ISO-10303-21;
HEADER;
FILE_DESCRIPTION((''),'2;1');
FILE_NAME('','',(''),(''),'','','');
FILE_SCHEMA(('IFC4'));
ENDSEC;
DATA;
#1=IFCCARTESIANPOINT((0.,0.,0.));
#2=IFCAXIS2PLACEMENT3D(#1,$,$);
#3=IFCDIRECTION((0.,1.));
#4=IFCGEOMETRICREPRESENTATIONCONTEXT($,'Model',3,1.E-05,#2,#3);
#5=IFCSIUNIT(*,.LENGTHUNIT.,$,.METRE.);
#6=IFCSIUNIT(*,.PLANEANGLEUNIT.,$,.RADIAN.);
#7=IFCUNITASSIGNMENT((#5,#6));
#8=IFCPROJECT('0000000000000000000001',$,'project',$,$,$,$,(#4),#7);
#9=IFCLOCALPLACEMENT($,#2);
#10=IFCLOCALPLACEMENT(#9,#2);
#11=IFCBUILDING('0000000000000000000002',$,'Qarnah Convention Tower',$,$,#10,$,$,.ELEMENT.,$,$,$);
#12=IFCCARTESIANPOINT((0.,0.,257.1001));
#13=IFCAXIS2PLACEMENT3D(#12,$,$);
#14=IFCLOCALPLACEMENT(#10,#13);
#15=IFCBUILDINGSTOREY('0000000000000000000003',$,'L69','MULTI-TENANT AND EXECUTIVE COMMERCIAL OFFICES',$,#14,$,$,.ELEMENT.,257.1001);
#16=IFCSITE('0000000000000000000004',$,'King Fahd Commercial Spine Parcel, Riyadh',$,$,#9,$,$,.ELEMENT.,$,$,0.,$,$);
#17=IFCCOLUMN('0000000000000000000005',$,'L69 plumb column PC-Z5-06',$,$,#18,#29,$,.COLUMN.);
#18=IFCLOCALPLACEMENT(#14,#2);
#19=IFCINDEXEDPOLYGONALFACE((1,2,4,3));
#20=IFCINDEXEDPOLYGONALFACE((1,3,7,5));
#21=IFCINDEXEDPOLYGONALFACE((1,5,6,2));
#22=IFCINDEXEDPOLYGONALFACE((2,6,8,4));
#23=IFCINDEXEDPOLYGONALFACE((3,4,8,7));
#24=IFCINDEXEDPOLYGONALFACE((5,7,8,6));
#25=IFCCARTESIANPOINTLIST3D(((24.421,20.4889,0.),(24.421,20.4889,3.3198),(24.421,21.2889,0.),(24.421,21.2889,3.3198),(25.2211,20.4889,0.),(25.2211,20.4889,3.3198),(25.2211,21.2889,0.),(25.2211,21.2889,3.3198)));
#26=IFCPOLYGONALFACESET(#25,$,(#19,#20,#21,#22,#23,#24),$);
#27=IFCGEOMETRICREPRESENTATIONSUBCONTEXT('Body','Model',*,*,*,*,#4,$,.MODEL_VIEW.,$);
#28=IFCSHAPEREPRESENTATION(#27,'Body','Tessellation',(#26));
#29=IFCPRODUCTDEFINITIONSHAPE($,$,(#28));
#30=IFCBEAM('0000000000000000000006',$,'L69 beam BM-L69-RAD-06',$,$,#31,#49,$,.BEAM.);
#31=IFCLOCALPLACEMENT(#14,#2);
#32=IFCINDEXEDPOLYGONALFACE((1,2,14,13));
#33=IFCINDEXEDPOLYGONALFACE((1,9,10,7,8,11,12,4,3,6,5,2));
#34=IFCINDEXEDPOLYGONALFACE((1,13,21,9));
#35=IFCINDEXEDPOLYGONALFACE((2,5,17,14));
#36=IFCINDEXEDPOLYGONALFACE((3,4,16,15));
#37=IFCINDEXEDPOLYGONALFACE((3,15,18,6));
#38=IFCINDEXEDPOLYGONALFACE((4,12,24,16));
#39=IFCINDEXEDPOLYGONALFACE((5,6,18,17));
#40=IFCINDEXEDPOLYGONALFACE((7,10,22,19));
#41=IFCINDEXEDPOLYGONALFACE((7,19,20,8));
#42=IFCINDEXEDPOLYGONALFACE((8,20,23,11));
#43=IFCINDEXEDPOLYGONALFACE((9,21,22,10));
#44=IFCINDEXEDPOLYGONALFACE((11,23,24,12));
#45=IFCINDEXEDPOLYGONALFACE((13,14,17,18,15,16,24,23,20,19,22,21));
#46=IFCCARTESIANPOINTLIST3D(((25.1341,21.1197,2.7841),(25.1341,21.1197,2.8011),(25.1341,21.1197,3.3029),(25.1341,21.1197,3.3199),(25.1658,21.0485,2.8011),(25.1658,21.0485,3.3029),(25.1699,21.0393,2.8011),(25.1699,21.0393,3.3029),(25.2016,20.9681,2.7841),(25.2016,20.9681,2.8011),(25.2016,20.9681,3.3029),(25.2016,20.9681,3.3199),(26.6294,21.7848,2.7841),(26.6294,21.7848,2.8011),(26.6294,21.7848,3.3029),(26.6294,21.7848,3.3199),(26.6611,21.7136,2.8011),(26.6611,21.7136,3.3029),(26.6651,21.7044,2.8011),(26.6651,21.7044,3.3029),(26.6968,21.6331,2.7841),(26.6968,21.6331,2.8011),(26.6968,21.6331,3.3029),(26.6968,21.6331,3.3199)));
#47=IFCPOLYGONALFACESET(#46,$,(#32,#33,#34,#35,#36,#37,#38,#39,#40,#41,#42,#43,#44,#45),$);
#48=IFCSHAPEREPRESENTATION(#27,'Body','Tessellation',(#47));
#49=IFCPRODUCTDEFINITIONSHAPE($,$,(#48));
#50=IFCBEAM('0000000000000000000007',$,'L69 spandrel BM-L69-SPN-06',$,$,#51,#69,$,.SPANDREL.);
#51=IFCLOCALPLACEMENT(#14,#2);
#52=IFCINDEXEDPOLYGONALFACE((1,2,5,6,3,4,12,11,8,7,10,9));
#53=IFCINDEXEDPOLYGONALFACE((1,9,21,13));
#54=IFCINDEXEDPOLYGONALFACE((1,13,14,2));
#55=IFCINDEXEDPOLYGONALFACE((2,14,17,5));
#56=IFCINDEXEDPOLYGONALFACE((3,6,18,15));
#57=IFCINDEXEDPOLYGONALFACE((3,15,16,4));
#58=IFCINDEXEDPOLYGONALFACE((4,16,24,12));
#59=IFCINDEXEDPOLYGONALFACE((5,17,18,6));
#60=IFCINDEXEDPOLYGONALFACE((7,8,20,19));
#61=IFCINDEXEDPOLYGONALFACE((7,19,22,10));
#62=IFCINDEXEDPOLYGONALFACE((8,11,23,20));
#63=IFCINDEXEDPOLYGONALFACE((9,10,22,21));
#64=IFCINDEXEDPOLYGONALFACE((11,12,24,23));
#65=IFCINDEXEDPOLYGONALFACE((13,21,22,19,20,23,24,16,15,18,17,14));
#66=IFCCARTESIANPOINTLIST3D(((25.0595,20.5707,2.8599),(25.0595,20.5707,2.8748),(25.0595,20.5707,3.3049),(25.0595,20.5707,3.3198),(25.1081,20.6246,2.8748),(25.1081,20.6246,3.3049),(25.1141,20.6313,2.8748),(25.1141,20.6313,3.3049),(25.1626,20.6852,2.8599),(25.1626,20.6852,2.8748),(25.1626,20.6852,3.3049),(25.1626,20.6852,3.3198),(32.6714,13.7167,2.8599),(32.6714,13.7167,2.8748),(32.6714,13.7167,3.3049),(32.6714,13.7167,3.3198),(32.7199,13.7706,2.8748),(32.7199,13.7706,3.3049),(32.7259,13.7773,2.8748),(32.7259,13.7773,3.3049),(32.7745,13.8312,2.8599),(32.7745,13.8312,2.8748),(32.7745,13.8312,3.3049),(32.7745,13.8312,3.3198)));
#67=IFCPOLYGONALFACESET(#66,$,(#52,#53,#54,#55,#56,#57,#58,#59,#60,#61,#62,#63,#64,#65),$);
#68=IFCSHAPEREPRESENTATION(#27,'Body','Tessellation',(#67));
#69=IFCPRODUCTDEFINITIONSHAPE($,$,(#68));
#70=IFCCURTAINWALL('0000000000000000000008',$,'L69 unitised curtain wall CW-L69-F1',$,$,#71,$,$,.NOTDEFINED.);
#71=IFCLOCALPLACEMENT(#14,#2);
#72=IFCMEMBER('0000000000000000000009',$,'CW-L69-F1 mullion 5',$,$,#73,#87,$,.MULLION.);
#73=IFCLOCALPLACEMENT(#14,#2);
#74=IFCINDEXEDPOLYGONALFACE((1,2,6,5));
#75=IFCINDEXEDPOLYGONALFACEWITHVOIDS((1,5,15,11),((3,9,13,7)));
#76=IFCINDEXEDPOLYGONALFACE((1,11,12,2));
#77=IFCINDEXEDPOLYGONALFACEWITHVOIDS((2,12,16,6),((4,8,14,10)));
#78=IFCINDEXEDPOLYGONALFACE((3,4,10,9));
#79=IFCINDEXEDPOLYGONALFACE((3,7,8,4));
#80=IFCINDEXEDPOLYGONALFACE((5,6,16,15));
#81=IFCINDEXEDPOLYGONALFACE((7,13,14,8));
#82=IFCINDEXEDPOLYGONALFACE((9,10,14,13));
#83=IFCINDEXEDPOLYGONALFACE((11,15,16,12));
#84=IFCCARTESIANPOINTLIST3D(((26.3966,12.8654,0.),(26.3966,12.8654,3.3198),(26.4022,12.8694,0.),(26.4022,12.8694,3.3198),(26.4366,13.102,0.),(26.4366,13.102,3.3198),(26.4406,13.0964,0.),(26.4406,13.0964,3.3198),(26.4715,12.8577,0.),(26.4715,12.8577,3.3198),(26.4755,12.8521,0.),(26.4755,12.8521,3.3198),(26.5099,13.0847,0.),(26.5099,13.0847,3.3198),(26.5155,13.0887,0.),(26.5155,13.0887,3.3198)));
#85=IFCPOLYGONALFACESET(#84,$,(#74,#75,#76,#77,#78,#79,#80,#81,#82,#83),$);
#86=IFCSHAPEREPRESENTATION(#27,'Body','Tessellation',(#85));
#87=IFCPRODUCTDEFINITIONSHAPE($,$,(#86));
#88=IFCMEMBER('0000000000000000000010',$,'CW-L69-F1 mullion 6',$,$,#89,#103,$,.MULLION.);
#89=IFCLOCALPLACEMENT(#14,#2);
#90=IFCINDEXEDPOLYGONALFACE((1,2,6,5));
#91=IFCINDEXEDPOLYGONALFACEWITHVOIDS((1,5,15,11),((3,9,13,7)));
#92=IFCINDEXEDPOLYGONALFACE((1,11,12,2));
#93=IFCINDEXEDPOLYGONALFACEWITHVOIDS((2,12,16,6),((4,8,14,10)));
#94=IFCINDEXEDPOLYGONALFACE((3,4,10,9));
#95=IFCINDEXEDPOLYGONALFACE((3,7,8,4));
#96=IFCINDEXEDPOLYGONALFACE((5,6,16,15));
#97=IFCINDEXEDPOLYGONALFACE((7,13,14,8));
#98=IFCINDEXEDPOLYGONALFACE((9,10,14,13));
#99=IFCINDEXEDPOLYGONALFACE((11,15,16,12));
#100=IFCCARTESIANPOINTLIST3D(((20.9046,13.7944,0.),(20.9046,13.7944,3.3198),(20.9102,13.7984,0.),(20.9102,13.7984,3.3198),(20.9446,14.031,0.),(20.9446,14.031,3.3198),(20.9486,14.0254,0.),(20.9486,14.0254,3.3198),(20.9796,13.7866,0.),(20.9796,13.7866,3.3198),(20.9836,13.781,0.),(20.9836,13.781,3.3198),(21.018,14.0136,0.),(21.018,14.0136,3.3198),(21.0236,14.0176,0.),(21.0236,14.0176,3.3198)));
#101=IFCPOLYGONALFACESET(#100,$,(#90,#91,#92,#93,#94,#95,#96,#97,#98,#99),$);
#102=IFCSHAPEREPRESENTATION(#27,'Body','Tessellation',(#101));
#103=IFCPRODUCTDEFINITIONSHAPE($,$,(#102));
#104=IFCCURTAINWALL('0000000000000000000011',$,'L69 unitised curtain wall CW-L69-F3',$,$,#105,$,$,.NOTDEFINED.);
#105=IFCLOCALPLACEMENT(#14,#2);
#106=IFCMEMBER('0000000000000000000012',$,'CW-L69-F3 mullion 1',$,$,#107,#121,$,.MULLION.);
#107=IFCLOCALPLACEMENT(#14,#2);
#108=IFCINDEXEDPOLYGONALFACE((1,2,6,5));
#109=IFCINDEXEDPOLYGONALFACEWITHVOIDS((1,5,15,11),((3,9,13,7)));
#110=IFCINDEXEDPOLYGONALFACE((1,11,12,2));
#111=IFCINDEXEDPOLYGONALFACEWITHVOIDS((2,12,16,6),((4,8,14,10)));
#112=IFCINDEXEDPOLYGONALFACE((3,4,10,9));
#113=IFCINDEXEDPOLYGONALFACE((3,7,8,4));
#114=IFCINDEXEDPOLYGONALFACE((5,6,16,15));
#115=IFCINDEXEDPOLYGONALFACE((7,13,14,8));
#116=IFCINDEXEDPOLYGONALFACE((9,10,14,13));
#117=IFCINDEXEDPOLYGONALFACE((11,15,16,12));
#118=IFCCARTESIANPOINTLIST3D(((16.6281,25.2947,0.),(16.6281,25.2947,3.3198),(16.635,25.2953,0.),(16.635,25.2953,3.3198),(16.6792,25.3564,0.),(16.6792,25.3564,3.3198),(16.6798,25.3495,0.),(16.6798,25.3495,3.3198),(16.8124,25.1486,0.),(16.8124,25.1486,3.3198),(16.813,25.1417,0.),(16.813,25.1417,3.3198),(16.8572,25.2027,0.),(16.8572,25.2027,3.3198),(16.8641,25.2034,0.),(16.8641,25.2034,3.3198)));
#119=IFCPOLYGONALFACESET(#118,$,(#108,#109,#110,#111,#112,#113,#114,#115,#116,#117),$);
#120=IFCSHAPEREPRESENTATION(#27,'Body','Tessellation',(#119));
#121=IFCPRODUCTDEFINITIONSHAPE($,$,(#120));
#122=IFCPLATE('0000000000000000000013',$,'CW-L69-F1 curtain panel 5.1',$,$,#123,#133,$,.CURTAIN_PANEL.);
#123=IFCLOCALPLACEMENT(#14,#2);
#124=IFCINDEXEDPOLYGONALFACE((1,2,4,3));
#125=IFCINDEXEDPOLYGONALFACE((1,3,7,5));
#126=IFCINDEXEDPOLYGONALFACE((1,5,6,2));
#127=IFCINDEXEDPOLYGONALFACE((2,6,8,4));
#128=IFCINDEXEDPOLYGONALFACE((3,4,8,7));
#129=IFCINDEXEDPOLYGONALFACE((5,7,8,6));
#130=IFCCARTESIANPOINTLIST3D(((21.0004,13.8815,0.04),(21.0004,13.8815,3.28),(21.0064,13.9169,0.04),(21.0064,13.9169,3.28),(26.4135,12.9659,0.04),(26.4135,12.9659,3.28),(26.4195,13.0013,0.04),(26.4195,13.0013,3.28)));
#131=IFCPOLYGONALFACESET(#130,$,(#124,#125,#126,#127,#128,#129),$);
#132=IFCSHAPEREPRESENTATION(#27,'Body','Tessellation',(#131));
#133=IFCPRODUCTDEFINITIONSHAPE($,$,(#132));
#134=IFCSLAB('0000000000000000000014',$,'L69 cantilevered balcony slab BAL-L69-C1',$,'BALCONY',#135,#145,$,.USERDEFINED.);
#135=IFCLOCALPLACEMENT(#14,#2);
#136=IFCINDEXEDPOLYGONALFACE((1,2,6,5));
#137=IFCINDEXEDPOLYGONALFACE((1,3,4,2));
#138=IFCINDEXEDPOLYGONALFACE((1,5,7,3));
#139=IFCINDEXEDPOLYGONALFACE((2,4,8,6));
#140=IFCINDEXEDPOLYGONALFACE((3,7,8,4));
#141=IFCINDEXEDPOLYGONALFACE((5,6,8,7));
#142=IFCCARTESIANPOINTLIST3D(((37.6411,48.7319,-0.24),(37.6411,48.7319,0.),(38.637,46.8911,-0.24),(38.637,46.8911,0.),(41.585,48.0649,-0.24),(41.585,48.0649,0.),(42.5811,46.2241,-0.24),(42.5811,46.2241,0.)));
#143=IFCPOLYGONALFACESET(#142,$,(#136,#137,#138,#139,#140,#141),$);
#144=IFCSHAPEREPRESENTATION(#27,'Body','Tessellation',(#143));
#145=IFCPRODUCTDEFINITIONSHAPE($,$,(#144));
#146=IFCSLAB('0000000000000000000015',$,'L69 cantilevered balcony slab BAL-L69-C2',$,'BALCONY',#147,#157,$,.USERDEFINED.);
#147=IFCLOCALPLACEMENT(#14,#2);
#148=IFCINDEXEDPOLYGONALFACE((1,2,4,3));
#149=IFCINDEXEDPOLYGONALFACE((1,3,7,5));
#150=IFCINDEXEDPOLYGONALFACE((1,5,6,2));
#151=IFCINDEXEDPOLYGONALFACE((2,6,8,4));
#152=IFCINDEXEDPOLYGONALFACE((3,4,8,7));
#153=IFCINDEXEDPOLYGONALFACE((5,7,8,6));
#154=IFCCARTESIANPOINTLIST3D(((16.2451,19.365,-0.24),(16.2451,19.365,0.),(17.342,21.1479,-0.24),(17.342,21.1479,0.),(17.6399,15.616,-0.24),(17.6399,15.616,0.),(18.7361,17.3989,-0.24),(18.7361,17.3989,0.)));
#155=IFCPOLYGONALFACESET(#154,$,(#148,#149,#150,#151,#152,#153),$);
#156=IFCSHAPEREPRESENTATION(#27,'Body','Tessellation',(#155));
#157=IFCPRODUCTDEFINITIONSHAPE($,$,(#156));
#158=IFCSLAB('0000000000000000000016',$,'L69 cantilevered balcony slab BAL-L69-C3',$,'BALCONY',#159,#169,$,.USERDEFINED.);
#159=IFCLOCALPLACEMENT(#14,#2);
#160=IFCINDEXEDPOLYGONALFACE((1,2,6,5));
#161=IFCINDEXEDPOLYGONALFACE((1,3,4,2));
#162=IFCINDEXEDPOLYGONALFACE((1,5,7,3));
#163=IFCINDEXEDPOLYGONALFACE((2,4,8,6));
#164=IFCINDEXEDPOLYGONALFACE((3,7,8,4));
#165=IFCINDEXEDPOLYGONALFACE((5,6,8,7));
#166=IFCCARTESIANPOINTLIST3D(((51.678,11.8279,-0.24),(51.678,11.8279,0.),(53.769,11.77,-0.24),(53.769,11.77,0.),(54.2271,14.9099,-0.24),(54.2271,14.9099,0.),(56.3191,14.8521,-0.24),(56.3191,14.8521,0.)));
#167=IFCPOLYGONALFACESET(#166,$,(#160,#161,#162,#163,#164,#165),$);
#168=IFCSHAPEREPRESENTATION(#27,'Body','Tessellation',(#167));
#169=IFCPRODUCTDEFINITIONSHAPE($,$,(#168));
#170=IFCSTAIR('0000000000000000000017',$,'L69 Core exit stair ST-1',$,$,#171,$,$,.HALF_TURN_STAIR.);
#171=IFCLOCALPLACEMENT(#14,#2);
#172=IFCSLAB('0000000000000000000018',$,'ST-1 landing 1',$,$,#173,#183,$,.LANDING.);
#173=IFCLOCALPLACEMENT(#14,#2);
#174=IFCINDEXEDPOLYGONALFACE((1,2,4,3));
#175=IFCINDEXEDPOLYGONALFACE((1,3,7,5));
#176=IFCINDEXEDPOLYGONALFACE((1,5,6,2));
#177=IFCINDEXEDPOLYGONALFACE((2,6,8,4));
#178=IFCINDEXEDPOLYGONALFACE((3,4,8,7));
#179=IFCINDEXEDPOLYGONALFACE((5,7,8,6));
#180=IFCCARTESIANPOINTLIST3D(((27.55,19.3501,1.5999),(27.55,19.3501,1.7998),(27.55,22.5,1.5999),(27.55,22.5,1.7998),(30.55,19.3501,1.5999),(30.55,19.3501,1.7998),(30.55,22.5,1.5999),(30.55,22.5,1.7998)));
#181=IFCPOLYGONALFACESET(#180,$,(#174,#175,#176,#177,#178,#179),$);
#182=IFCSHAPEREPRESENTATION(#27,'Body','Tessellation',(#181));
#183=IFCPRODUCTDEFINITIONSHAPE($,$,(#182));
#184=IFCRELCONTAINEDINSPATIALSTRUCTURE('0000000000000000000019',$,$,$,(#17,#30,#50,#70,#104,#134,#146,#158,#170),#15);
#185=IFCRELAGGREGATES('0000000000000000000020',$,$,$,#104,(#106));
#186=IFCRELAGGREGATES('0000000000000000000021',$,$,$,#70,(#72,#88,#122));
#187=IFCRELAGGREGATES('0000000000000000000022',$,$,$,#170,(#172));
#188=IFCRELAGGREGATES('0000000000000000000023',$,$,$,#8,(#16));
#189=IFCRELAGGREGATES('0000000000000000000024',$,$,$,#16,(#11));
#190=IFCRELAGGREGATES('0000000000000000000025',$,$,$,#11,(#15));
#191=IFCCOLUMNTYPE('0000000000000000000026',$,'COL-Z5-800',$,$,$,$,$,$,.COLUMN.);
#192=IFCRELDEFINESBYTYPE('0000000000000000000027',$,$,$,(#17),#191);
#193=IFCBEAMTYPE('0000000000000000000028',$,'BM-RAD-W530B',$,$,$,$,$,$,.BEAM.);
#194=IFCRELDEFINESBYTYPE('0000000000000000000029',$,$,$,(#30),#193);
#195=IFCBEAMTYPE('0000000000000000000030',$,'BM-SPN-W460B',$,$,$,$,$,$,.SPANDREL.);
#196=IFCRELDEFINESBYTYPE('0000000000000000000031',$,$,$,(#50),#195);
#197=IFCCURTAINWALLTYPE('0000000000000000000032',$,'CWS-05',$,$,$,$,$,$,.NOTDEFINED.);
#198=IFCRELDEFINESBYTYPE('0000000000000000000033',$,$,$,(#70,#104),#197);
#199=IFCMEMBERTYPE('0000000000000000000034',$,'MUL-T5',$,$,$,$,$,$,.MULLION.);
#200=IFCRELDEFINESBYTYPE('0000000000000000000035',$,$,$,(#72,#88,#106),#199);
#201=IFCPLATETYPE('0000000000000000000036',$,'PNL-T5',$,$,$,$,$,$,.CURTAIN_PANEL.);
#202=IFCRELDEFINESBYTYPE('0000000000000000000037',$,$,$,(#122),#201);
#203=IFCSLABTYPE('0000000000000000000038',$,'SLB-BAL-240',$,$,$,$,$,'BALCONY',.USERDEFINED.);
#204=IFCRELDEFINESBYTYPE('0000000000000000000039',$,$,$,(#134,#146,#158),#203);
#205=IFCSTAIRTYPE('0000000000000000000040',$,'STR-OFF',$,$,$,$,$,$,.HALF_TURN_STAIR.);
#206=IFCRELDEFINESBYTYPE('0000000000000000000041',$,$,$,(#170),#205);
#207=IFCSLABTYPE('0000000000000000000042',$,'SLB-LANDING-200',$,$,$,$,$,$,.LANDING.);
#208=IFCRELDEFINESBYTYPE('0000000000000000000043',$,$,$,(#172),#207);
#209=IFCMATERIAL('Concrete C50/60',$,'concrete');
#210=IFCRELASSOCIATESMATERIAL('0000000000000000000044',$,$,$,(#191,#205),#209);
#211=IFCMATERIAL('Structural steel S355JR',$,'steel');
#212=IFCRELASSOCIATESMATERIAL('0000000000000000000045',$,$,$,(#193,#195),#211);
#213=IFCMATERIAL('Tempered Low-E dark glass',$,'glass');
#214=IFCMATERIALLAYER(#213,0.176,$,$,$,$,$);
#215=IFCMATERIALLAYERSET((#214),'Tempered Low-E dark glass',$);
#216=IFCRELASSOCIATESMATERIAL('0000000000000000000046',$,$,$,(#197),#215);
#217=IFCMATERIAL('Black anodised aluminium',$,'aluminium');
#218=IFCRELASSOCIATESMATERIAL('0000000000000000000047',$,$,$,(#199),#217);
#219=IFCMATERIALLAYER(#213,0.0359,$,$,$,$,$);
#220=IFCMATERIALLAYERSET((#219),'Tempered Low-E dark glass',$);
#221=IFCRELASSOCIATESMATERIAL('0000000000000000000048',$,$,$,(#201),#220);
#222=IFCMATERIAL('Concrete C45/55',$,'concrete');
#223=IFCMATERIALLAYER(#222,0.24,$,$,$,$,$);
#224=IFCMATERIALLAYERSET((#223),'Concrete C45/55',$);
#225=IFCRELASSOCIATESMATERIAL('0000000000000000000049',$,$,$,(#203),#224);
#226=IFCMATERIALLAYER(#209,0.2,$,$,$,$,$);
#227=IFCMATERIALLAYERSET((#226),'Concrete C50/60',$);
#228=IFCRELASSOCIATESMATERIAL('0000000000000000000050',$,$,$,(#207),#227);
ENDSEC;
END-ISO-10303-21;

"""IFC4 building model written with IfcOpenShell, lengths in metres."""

from ifc_helpers import new_model, si_unit, direction, frame, origin, origin_2d, place, context, subcontext, project, spatial, polyline, rectangle, hollow_rectangle, i_section, outline, extrude, material, layer, layer_set, material_profile, profile_set, type_object, element, aggregate, save


model = new_model("IFC4")

# Units and contexts
model_context = context("Model", 3, precision=1e-05, world=origin(), true_north=direction((0.0, 1.0)))
body_context = subcontext(model_context, "Body", "Model", "MODEL_VIEW")
ifc_project = project(units=[si_unit("LENGTHUNIT", "METRE"), si_unit("PLANEANGLEUNIT", "RADIAN")], contexts=[model_context])

# Site, building, storey
site_placement = place(None, origin())
site = spatial("IfcSite", under=ifc_project, at=site_placement, Name="King Fahd Commercial Spine Parcel, Riyadh", CompositionType="ELEMENT", RefElevation=0.0)
building_placement = place(site_placement, origin())
building = spatial("IfcBuilding", under=site, at=building_placement, Name="Qarnah Convention Tower", CompositionType="ELEMENT")
storey_placement = place(building_placement, frame((0.0, 0.0, 257.1001)))
storey = spatial("IfcBuildingStorey", under=building, at=storey_placement, Name="L69", Description="MULTI-TENANT AND EXECUTIVE COMMERCIAL OFFICES", CompositionType="ELEMENT", Elevation=257.1001)

# Column
ifc_material_1 = material(Name="Concrete C50/60", Category="concrete")
ifc_material_profile_1 = material_profile(ifc_material_1, rectangle(XDim=0.8, YDim=0.8, at=origin_2d()), Name="RC-COL-800X800")
ifc_profile_set_1 = profile_set([ifc_material_profile_1], Name="Concrete C50/60")
column_type = type_object("IfcColumnType", Name="COL-Z5-800", PredefinedType="COLUMN", material=ifc_profile_set_1)
column_placement = place(storey_placement, frame((24.821, 20.8889, 0.0), z_axis=(0.0, 0.0, 1.0), x_axis=(1.0, 0.0, 0.0)))
element("IfcColumn", 1, at=column_placement, inside=storey, type_object=column_type, Name="L69 plumb column PC-Z5-06", PredefinedType="COLUMN", context=body_context, shape_type="SweptSolid", body=[
    extrude(rectangle(XDim=0.8, YDim=0.8, at=origin_2d()), origin(), (0.0, 0.0, 1.0), 3.3198),
])

# Beams
ifc_material_2 = material(Name="Structural steel S355JR", Category="steel")
ifc_material_profile_2 = material_profile(ifc_material_2, i_section(OverallWidth=0.166, OverallDepth=0.5359, WebThickness=0.01, FlangeThickness=0.0171, at=origin_2d()), Name="W530X85")
ifc_profile_set_2 = profile_set([ifc_material_profile_2], Name="Structural steel S355JR")
beam_type_1 = type_object("IfcBeamType", Name="BM-RAD-W530B", PredefinedType="BEAM", material=ifc_profile_set_2)
beam_1_placement = place(storey_placement, frame((26.6631, 21.709, 3.052), z_axis=(-0.913688, -0.406415, 0.0), x_axis=(0.406415, -0.913688, 0.0)))
element("IfcBeam", 2, at=beam_1_placement, inside=storey, type_object=beam_type_1, Name="L69 beam BM-L69-RAD-06", PredefinedType="BEAM", context=body_context, shape_type="SweptSolid", body=[
    extrude(i_section(OverallWidth=0.166, OverallDepth=0.5359, WebThickness=0.01, FlangeThickness=0.0171, at=origin_2d()), origin(), (0.0, 0.0, 1.0), 1.6365),
])
ifc_material_profile_3 = material_profile(ifc_material_2, i_section(OverallWidth=0.1541, OverallDepth=0.46, WebThickness=0.009, FlangeThickness=0.0149, at=origin_2d()), Name="W460X68")
ifc_profile_set_3 = profile_set([ifc_material_profile_3], Name="Structural steel S355JR")
beam_type_2 = type_object("IfcBeamType", Name="BM-SPN-W460B", PredefinedType="SPANDREL", material=ifc_profile_set_3)
beam_2_placement = place(storey_placement, frame((25.1111, 20.6279, 3.0898), z_axis=(0.743131, -0.669146, 0.0), x_axis=(0.669146, 0.743131, 0.0)))
element("IfcBeam", 3, at=beam_2_placement, inside=storey, type_object=beam_type_2, Name="L69 spandrel BM-L69-SPN-06", PredefinedType="SPANDREL", context=body_context, shape_type="SweptSolid", body=[
    extrude(i_section(OverallWidth=0.1541, OverallDepth=0.46, WebThickness=0.009, FlangeThickness=0.0149, at=origin_2d()), origin(), (0.0, 0.0, 1.0), 10.2429),
])

# Curtain wall, members
ifc_material_3 = material(Name="Tempered Low-E dark glass", Category="glass")
ifc_layer_1 = layer(ifc_material_3, 0.176)
ifc_layer_set_1 = layer_set([ifc_layer_1], Name="Tempered Low-E dark glass")
curtain_wall_type = type_object("IfcCurtainWallType", Name="CWS-05", PredefinedType="NOTDEFINED", material=ifc_layer_set_1)
curtain_wall_1_placement = place(storey_placement, origin())
curtain_wall_1 = element("IfcCurtainWall", 4, at=curtain_wall_1_placement, inside=storey, type_object=curtain_wall_type, Name="L69 unitised curtain wall CW-L69-F1", PredefinedType="NOTDEFINED")
ifc_material_4 = material(Name="Black anodised aluminium", Category="aluminium")
ifc_material_profile_4 = material_profile(ifc_material_4, hollow_rectangle(XDim=0.0801, YDim=0.24, WallThickness=0.0049, at=origin_2d()), Name="MUL-80X240")
ifc_profile_set_4 = profile_set([ifc_material_profile_4], Name="Black anodised aluminium")
member_type = type_object("IfcMemberType", Name="MUL-T5", PredefinedType="MULLION", material=ifc_profile_set_4)
member_1_placement = place(storey_placement, frame((26.4561, 12.9771, 0.0), z_axis=(0.0, 0.0, 1.0), x_axis=(-0.985993, 0.166786, 0.0)))
member_1 = element("IfcMember", 5, at=member_1_placement, type_object=member_type, Name="CW-L69-F1 mullion 5", PredefinedType="MULLION", context=body_context, shape_type="SweptSolid", body=[
    extrude(hollow_rectangle(XDim=0.0801, YDim=0.24, WallThickness=0.0049, at=origin_2d()), origin(), (0.0, 0.0, 1.0), 3.3198),
])
member_2_placement = place(storey_placement, frame((20.9641, 13.906, 0.0), z_axis=(0.0, 0.0, 1.0), x_axis=(-0.985993, 0.166786, 0.0)))
member_2 = element("IfcMember", 6, at=member_2_placement, type_object=member_type, Name="CW-L69-F1 mullion 6", PredefinedType="MULLION", context=body_context, shape_type="SweptSolid", body=[
    extrude(hollow_rectangle(XDim=0.0801, YDim=0.24, WallThickness=0.0049, at=origin_2d()), origin(), (0.0, 0.0, 1.0), 3.3198),
])

# Curtain wall, member
curtain_wall_2_placement = place(storey_placement, origin())
curtain_wall_2 = element("IfcCurtainWall", 7, at=curtain_wall_2_placement, inside=storey, type_object=curtain_wall_type, Name="L69 unitised curtain wall CW-L69-F3", PredefinedType="NOTDEFINED")
member_3_placement = place(storey_placement, frame((16.7461, 25.249, 0.0), z_axis=(0.0, 0.0, 1.0), x_axis=(0.637432, 0.770506, 0.0)))
member_3 = element("IfcMember", 8, at=member_3_placement, type_object=member_type, Name="CW-L69-F3 mullion 1", PredefinedType="MULLION", context=body_context, shape_type="SweptSolid", body=[
    extrude(hollow_rectangle(XDim=0.0801, YDim=0.24, WallThickness=0.0049, at=origin_2d()), origin(), (0.0, 0.0, 1.0), 3.3198),
])
aggregate(curtain_wall_2, [member_3])

# Plate
ifc_layer_2 = layer(ifc_material_3, 0.0359)
ifc_layer_set_2 = layer_set([ifc_layer_2], Name="Tempered Low-E dark glass")
plate_type = type_object("IfcPlateType", Name="PNL-T5", PredefinedType="CURTAIN_PANEL", material=ifc_layer_set_2)
plate_placement = place(storey_placement, frame((23.71, 13.4414, 0.04), z_axis=(0.0, 0.0, 1.0), x_axis=(-0.985993, 0.166786, 0.0)))
plate = element("IfcPlate", 9, at=plate_placement, type_object=plate_type, Name="CW-L69-F1 curtain panel 5.1", PredefinedType="CURTAIN_PANEL", context=body_context, shape_type="SweptSolid", body=[
    extrude(rectangle(XDim=5.49, YDim=0.0359, at=origin_2d()), origin(), (0.0, 0.0, 1.0), 3.24),
])
aggregate(curtain_wall_1, [member_1, member_2, plate])

# Slabs
ifc_material_5 = material(Name="Concrete C45/55", Category="concrete")
ifc_layer_3 = layer(ifc_material_5, 0.24)
ifc_layer_set_3 = layer_set([ifc_layer_3], Name="Concrete C45/55")
slab_type_1 = type_object("IfcSlabType", Name="SLB-BAL-240", ElementType="BALCONY", PredefinedType="USERDEFINED", material=ifc_layer_set_3)
slab_1_placement = place(storey_placement, frame((0.0, 0.0, -0.24)))
element("IfcSlab", 10, at=slab_1_placement, inside=storey, type_object=slab_type_1, Name="L69 cantilevered balcony slab BAL-L69-C1", ObjectType="BALCONY", PredefinedType="USERDEFINED", context=body_context, shape_type="SweptSolid", body=[
    extrude(outline(polyline([(37.6411, 48.7319), (41.585, 48.0649), (42.5811, 46.2241), (38.637, 46.8911), (37.6411, 48.7319)])), origin(), (0.0, 0.0, 1.0), 0.24),
])
slab_2_placement = place(storey_placement, frame((0.0, 0.0, -0.24)))
element("IfcSlab", 11, at=slab_2_placement, inside=storey, type_object=slab_type_1, Name="L69 cantilevered balcony slab BAL-L69-C2", ObjectType="BALCONY", PredefinedType="USERDEFINED", context=body_context, shape_type="SweptSolid", body=[
    extrude(outline(polyline([(17.6399, 15.616), (16.2451, 19.365), (17.342, 21.1479), (18.7361, 17.3989), (17.6399, 15.616)])), origin(), (0.0, 0.0, 1.0), 0.24),
])
slab_3_placement = place(storey_placement, frame((0.0, 0.0, -0.24)))
element("IfcSlab", 12, at=slab_3_placement, inside=storey, type_object=slab_type_1, Name="L69 cantilevered balcony slab BAL-L69-C3", ObjectType="BALCONY", PredefinedType="USERDEFINED", context=body_context, shape_type="SweptSolid", body=[
    extrude(outline(polyline([(56.3191, 14.8521), (53.769, 11.77), (51.678, 11.8279), (54.2271, 14.9099), (56.3191, 14.8521)])), origin(), (0.0, 0.0, 1.0), 0.24),
])

# Stair, slab
stair_type = type_object("IfcStairType", Name="STR-OFF", PredefinedType="HALF_TURN_STAIR", material=ifc_material_1)
stair_1_placement = place(storey_placement, origin())
stair_1 = element("IfcStair", 13, at=stair_1_placement, inside=storey, type_object=stair_type, Name="L69 Core exit stair ST-1", PredefinedType="HALF_TURN_STAIR")
ifc_layer_4 = layer(ifc_material_1, 0.2)
ifc_layer_set_4 = layer_set([ifc_layer_4], Name="Concrete C50/60")
slab_type_2 = type_object("IfcSlabType", Name="SLB-LANDING-200", PredefinedType="LANDING", material=ifc_layer_set_4)
slab_4_placement = place(storey_placement, frame((0.0, 0.0, 1.5999)))
slab_4 = element("IfcSlab", 14, at=slab_4_placement, type_object=slab_type_2, Name="ST-1 landing 1", PredefinedType="LANDING", context=body_context, shape_type="SweptSolid", body=[
    extrude(outline(polyline([(27.55, 22.5), (27.55, 19.3501), (30.55, 19.3501), (30.55, 22.5), (27.55, 22.5)])), origin(), (0.0, 0.0, 1.0), 0.2),
])
aggregate(stair_1, [slab_4])

save(model, "model.ifc")
